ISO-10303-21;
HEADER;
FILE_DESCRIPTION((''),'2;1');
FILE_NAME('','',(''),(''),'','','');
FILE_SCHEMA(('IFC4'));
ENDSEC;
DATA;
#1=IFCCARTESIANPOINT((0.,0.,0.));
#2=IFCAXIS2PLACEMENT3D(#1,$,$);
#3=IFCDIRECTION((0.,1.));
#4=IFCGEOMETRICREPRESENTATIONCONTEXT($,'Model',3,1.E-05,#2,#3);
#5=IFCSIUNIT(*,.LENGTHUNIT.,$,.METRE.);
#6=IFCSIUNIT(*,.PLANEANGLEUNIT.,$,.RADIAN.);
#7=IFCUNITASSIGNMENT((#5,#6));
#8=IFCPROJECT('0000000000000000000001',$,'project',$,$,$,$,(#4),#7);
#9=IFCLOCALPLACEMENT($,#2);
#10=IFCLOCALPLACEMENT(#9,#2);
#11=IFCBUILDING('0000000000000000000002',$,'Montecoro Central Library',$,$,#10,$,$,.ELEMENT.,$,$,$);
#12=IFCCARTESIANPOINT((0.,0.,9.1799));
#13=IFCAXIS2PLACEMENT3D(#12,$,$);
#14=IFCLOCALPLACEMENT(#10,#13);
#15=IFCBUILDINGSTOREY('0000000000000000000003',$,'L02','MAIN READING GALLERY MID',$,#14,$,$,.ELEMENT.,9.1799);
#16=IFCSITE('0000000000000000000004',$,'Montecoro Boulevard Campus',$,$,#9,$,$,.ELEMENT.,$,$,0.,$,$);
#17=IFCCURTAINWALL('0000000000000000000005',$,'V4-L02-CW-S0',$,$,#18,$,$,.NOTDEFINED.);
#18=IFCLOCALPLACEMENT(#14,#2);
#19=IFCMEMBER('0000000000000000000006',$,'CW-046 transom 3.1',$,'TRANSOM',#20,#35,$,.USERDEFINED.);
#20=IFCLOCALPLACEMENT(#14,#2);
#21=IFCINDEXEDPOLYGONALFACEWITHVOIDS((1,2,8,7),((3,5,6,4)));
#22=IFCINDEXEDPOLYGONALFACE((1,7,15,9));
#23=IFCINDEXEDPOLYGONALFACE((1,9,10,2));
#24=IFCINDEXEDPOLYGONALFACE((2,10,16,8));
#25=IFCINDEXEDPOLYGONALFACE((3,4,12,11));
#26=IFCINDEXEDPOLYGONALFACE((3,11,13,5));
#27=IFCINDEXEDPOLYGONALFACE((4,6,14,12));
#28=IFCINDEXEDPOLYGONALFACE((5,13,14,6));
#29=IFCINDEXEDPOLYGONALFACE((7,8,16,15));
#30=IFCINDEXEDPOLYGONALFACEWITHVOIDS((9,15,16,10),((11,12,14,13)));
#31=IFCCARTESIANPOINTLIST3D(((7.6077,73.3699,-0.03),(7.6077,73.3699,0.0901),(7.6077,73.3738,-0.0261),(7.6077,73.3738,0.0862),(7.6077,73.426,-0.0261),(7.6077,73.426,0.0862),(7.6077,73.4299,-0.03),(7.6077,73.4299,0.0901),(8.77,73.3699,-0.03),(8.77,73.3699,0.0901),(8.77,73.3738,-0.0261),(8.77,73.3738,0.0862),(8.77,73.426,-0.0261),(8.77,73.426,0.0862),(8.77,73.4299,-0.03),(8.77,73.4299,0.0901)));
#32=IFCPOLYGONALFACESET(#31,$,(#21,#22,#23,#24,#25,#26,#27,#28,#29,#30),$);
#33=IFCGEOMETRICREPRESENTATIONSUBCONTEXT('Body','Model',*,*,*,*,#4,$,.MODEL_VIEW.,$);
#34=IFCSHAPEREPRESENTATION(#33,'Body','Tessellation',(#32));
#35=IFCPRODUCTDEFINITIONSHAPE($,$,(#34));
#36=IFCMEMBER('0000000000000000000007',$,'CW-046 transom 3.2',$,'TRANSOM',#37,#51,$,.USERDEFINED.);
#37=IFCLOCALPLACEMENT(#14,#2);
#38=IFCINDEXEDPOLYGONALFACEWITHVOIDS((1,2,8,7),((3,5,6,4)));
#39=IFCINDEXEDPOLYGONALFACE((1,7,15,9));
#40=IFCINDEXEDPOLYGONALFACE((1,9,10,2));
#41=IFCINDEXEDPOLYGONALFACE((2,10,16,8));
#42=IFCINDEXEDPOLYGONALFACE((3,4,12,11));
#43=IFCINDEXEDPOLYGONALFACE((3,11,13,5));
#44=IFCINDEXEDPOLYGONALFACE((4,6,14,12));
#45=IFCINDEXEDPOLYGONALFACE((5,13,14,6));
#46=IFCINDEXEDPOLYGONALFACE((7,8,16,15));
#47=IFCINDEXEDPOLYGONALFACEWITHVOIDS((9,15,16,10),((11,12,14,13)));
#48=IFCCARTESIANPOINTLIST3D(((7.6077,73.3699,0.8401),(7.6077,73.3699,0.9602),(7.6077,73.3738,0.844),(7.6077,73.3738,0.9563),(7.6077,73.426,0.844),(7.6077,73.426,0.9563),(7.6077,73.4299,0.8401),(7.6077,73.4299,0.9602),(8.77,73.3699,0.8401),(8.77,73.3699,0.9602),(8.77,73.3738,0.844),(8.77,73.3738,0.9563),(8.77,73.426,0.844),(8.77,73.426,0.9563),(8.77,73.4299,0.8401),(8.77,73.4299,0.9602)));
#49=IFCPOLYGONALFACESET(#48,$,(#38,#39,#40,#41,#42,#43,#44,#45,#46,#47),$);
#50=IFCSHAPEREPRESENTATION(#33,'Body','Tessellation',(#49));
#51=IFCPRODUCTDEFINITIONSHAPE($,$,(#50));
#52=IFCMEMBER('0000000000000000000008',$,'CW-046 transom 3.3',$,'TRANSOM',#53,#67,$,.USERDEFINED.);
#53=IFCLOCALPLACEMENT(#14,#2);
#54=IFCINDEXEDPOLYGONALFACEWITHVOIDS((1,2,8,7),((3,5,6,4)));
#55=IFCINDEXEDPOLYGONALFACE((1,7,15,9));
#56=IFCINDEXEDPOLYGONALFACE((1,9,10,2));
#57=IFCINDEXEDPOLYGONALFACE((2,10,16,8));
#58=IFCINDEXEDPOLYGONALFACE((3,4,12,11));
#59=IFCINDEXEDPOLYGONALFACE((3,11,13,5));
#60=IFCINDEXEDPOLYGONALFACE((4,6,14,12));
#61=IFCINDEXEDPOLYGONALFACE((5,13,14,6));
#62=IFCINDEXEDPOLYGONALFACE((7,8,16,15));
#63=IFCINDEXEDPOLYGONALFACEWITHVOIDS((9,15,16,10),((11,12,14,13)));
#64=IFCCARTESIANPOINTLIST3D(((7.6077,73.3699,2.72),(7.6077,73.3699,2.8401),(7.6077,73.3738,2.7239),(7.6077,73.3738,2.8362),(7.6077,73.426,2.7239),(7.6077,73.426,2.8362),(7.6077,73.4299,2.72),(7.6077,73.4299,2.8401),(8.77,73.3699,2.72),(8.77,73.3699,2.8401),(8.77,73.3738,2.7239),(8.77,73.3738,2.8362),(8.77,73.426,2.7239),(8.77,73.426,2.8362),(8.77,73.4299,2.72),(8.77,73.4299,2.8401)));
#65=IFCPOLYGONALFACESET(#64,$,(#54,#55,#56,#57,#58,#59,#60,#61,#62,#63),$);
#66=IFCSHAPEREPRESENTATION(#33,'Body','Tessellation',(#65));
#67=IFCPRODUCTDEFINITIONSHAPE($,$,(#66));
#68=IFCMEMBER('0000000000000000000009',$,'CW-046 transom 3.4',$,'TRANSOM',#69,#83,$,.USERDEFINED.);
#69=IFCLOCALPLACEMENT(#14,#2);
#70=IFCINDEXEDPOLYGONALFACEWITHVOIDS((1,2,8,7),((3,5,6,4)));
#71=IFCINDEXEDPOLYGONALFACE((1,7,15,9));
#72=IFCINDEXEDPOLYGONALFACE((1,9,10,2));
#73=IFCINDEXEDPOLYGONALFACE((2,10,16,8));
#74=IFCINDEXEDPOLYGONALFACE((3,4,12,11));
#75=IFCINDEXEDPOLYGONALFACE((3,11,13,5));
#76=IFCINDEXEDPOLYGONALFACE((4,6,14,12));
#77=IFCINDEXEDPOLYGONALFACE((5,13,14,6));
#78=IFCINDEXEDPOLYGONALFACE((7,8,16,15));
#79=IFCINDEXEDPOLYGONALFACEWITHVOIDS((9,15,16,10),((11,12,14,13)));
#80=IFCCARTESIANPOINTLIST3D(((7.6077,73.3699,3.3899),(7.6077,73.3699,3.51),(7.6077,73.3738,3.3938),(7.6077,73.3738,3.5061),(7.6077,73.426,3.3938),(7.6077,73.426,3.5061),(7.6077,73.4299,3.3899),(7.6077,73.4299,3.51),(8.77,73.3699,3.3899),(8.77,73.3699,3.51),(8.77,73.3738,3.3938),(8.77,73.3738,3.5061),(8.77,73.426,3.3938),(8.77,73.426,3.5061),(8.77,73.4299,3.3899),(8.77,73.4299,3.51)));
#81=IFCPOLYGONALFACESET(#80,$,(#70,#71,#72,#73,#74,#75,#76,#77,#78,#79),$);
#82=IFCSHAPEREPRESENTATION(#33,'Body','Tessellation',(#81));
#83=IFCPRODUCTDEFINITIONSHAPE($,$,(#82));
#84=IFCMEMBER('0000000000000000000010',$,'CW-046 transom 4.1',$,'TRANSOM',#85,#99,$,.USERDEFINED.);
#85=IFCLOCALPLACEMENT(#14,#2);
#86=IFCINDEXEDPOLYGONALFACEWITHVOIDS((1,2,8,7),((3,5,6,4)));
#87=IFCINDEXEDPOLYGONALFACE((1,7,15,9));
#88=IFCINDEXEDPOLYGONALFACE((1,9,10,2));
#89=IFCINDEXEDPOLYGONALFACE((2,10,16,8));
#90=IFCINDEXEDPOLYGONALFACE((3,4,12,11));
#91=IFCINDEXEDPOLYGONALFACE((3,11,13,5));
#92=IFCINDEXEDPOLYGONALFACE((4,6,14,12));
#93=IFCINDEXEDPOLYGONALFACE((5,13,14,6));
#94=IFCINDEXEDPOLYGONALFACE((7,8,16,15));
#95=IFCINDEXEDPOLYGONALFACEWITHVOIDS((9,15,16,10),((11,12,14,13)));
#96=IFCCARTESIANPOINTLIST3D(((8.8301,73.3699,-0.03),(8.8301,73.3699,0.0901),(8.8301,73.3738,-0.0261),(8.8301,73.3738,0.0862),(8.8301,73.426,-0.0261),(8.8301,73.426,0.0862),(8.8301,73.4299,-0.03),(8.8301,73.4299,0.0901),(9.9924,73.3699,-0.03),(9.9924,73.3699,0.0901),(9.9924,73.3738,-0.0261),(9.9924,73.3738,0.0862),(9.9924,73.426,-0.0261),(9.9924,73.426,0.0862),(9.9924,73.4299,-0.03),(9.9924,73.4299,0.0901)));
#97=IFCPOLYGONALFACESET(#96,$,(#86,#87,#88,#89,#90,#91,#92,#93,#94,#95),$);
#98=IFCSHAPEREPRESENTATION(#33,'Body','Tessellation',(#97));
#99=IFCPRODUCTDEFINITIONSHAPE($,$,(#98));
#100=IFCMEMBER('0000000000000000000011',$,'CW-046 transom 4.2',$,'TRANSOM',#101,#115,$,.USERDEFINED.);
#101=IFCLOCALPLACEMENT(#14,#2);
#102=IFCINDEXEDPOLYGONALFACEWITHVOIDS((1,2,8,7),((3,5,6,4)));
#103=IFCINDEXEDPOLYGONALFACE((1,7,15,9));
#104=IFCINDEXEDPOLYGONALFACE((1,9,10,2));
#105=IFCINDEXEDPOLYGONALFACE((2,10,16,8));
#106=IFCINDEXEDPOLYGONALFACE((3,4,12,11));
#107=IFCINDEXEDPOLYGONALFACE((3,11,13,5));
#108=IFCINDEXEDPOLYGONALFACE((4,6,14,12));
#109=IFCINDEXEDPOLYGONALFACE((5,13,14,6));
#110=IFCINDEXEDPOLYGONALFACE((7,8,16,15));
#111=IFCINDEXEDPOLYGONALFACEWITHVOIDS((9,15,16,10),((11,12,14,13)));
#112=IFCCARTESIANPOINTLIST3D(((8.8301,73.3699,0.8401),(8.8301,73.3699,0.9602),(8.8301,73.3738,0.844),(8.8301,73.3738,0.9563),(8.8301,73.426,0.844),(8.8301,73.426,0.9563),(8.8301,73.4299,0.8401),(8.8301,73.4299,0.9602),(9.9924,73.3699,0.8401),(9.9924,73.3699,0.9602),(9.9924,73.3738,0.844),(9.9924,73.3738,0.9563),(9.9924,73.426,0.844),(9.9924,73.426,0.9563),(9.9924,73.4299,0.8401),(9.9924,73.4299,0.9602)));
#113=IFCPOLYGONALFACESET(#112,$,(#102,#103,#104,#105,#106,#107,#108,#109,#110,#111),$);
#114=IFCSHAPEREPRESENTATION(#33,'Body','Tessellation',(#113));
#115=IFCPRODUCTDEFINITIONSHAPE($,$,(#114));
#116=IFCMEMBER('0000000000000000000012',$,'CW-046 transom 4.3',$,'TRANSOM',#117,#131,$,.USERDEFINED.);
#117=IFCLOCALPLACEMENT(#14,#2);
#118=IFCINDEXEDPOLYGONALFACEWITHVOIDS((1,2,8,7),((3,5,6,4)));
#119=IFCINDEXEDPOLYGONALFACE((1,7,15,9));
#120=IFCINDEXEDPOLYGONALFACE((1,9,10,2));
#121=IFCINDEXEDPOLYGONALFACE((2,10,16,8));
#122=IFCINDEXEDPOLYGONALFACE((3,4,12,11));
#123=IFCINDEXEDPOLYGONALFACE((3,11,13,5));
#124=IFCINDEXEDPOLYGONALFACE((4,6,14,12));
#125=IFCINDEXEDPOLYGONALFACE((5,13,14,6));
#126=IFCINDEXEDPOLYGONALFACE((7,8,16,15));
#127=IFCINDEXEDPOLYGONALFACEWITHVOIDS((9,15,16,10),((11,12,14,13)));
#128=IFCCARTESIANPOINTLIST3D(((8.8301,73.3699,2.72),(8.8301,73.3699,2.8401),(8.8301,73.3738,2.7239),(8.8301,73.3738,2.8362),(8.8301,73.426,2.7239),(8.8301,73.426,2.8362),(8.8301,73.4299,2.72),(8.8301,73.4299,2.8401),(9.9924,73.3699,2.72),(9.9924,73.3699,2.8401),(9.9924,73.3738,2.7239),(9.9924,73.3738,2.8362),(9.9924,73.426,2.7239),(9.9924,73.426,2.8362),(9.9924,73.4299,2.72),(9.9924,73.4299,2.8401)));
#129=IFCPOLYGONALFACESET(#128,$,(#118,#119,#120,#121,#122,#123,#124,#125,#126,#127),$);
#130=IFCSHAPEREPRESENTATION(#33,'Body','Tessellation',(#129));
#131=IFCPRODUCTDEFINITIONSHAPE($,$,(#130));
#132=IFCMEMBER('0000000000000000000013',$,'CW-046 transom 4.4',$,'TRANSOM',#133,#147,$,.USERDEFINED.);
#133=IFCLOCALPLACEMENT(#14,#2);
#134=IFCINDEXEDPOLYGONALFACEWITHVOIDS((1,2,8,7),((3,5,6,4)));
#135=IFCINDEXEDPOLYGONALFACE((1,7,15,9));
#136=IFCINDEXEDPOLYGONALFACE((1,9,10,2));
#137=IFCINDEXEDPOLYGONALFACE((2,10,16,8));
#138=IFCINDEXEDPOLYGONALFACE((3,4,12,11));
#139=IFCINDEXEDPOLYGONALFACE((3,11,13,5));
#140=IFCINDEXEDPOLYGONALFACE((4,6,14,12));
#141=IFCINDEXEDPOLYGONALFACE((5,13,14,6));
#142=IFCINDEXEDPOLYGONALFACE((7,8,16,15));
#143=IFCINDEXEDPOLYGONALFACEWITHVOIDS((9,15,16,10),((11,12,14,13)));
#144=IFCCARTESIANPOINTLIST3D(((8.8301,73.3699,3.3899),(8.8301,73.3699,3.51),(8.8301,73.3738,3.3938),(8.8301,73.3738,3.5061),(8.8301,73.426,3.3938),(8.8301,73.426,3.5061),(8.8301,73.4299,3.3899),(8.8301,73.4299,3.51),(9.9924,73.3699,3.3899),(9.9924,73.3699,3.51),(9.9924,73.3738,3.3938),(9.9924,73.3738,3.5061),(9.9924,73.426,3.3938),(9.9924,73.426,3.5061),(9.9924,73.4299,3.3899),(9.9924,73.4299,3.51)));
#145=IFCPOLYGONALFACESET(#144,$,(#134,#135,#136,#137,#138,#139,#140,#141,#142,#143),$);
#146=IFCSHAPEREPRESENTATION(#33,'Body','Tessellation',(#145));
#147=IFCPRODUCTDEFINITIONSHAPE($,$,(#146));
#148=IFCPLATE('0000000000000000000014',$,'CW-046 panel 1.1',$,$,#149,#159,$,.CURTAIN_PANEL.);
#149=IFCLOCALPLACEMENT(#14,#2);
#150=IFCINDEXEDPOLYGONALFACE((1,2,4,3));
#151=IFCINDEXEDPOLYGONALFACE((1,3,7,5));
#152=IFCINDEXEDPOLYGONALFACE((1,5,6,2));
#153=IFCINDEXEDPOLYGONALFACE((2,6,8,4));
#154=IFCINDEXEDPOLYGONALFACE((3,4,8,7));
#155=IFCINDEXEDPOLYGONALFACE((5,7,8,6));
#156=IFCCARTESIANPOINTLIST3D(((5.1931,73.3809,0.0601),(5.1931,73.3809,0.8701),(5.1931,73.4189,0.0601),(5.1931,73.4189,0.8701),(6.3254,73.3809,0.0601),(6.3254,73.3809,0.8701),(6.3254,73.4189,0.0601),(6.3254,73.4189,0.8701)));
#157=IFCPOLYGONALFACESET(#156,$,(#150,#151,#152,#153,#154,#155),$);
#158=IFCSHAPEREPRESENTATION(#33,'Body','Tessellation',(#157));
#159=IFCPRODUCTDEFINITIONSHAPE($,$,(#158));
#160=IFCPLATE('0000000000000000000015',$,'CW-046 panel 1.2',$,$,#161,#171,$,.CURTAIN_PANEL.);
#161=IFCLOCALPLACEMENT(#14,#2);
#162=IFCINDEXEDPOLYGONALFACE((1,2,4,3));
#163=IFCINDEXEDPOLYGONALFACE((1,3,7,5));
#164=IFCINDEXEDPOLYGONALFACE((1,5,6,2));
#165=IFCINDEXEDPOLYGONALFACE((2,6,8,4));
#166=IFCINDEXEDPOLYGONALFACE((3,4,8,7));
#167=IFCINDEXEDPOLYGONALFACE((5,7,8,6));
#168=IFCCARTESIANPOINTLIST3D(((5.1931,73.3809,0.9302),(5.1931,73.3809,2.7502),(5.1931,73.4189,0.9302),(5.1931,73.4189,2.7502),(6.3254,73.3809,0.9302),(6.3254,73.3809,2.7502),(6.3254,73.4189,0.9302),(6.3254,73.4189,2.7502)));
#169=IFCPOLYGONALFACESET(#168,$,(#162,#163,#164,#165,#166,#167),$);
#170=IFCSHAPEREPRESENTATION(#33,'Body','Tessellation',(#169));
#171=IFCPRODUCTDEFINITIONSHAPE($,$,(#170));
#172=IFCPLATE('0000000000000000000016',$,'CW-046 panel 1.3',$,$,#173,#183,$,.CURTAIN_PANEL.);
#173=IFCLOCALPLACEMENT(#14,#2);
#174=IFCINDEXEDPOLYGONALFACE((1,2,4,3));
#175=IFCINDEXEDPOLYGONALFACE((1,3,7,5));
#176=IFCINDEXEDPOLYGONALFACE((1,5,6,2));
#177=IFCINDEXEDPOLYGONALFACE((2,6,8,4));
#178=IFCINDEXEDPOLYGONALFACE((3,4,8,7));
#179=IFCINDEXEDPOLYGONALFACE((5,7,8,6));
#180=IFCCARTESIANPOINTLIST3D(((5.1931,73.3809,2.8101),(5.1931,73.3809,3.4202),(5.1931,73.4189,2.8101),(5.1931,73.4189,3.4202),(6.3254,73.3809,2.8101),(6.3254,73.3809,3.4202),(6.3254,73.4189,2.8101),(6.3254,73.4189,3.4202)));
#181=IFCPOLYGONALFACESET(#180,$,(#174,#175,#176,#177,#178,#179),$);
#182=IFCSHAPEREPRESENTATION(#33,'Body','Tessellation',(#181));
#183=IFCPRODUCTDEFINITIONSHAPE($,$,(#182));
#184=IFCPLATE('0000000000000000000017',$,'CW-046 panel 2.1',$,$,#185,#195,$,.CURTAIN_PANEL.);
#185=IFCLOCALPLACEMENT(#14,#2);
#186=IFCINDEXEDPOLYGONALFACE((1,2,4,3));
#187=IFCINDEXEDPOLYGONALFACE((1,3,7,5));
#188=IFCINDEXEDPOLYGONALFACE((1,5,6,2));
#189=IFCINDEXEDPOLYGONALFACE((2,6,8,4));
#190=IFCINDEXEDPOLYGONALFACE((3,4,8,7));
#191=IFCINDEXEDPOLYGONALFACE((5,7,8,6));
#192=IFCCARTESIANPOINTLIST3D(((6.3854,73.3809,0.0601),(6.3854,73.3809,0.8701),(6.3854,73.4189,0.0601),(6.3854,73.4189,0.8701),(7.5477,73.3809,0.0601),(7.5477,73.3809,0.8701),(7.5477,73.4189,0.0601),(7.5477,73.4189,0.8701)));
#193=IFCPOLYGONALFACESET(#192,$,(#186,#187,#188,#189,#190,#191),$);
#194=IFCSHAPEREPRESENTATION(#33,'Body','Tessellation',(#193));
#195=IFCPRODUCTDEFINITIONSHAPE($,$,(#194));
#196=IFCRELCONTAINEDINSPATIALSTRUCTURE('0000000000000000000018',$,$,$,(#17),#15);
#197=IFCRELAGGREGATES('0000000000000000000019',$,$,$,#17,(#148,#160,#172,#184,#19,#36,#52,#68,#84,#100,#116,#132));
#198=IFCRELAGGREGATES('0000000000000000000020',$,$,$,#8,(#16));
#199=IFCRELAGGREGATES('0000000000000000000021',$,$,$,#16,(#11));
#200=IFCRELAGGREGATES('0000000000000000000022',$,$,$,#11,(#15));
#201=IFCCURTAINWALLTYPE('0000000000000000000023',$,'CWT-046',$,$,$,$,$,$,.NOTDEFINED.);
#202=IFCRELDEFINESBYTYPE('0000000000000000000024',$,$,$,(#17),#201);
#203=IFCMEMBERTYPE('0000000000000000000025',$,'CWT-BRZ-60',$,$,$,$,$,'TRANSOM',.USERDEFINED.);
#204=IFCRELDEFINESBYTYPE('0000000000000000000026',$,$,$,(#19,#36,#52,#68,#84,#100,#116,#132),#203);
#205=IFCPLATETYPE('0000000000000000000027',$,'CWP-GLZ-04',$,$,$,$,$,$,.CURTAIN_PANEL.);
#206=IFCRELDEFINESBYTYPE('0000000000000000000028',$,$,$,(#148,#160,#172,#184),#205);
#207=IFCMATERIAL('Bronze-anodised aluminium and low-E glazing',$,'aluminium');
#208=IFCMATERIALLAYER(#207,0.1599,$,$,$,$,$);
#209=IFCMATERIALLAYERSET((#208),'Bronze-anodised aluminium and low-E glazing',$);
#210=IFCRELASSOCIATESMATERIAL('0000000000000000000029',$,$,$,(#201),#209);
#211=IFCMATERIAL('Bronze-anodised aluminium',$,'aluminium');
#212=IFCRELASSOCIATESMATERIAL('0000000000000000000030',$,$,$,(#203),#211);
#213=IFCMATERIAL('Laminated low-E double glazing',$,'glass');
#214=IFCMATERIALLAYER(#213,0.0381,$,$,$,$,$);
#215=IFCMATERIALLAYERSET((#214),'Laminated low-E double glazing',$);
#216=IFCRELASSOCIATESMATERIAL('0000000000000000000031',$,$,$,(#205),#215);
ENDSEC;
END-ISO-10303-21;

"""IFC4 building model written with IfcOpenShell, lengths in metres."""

from ifc_helpers import new_model, si_unit, direction, frame, origin, origin_2d, place, context, subcontext, project, spatial, rectangle, hollow_rectangle, extrude, material, layer, layer_set, material_profile, profile_set, type_object, element, aggregate, save


model = new_model("IFC4")

# Units and contexts
model_context = context("Model", 3, precision=1e-05, world=origin(), true_north=direction((0.0, 1.0)))
body_context = subcontext(model_context, "Body", "Model", "MODEL_VIEW")
ifc_project = project(units=[si_unit("LENGTHUNIT", "METRE"), si_unit("PLANEANGLEUNIT", "RADIAN")], contexts=[model_context])

# Site, building, storey
site_placement = place(None, origin())
site = spatial("IfcSite", under=ifc_project, at=site_placement, Name="Montecoro Boulevard Campus", CompositionType="ELEMENT", RefElevation=0.0)
building_placement = place(site_placement, origin())
building = spatial("IfcBuilding", under=site, at=building_placement, Name="Montecoro Central Library", CompositionType="ELEMENT")
storey_placement = place(building_placement, frame((0.0, 0.0, 9.1799)))
storey = spatial("IfcBuildingStorey", under=building, at=storey_placement, Name="L02", Description="MAIN READING GALLERY MID", CompositionType="ELEMENT", Elevation=9.1799)

# Curtain wall, members, plates
ifc_material_1 = material(Name="Bronze-anodised aluminium and low-E glazing", Category="aluminium")
ifc_layer_1 = layer(ifc_material_1, 0.1599)
ifc_layer_set_1 = layer_set([ifc_layer_1], Name="Bronze-anodised aluminium and low-E glazing")
curtain_wall_type = type_object("IfcCurtainWallType", Name="CWT-046", PredefinedType="NOTDEFINED", material=ifc_layer_set_1)
curtain_wall_placement = place(storey_placement, origin())
curtain_wall = element("IfcCurtainWall", 1, at=curtain_wall_placement, inside=storey, type_object=curtain_wall_type, Name="V4-L02-CW-S0", PredefinedType="NOTDEFINED")
ifc_material_2 = material(Name="Bronze-anodised aluminium", Category="aluminium")
ifc_material_profile_1 = material_profile(ifc_material_2, hollow_rectangle(XDim=0.0601, YDim=0.1201, WallThickness=0.0039, at=origin_2d()), Name="CWT 120x60x4.0")
ifc_profile_set_1 = profile_set([ifc_material_profile_1], Name="Bronze-anodised aluminium")
member_type_1 = type_object("IfcMemberType", Name="CWT-BRZ-60", ElementType="TRANSOM", PredefinedType="USERDEFINED", material=ifc_profile_set_1)
member_1_placement = place(storey_placement, frame((7.6077, 73.3999, 0.03), z_axis=(1.0, 0.0, 0.0), x_axis=(0.0, 1.0, 0.0)))
member_1 = element("IfcMember", 2, at=member_1_placement, type_object=member_type_1, Name="CW-046 transom 3.1", ObjectType="TRANSOM", PredefinedType="USERDEFINED", context=body_context, shape_type="SweptSolid", body=[
    extrude(hollow_rectangle(XDim=0.0601, YDim=0.1201, WallThickness=0.0039, at=origin_2d()), origin(), (0.0, 0.0, 1.0), 1.1624),
])
member_2_placement = place(storey_placement, frame((7.6077, 73.3999, 0.9001), z_axis=(1.0, 0.0, 0.0), x_axis=(0.0, 1.0, 0.0)))
member_2 = element("IfcMember", 3, at=member_2_placement, type_object=member_type_1, Name="CW-046 transom 3.2", ObjectType="TRANSOM", PredefinedType="USERDEFINED", context=body_context, shape_type="SweptSolid", body=[
    extrude(hollow_rectangle(XDim=0.0601, YDim=0.1201, WallThickness=0.0039, at=origin_2d()), origin(), (0.0, 0.0, 1.0), 1.1624),
])
member_3_placement = place(storey_placement, frame((7.6077, 73.3999, 2.78), z_axis=(1.0, 0.0, 0.0), x_axis=(0.0, 1.0, 0.0)))
member_3 = element("IfcMember", 4, at=member_3_placement, type_object=member_type_1, Name="CW-046 transom 3.3", ObjectType="TRANSOM", PredefinedType="USERDEFINED", context=body_context, shape_type="SweptSolid", body=[
    extrude(hollow_rectangle(XDim=0.0601, YDim=0.1201, WallThickness=0.0039, at=origin_2d()), origin(), (0.0, 0.0, 1.0), 1.1624),
])
member_4_placement = place(storey_placement, frame((7.6077, 73.3999, 3.45), z_axis=(1.0, 0.0, 0.0), x_axis=(0.0, 1.0, 0.0)))
member_4 = element("IfcMember", 5, at=member_4_placement, type_object=member_type_1, Name="CW-046 transom 3.4", ObjectType="TRANSOM", PredefinedType="USERDEFINED", context=body_context, shape_type="SweptSolid", body=[
    extrude(hollow_rectangle(XDim=0.0601, YDim=0.1201, WallThickness=0.0039, at=origin_2d()), origin(), (0.0, 0.0, 1.0), 1.1624),
])
member_5_placement = place(storey_placement, frame((8.8301, 73.3999, 0.03), z_axis=(1.0, 0.0, 0.0), x_axis=(0.0, 1.0, 0.0)))
member_5 = element("IfcMember", 6, at=member_5_placement, type_object=member_type_1, Name="CW-046 transom 4.1", ObjectType="TRANSOM", PredefinedType="USERDEFINED", context=body_context, shape_type="SweptSolid", body=[
    extrude(hollow_rectangle(XDim=0.0601, YDim=0.1201, WallThickness=0.0039, at=origin_2d()), origin(), (0.0, 0.0, 1.0), 1.1624),
])
member_6_placement = place(storey_placement, frame((8.8301, 73.3999, 0.9001), z_axis=(1.0, 0.0, 0.0), x_axis=(0.0, 1.0, 0.0)))
member_6 = element("IfcMember", 7, at=member_6_placement, type_object=member_type_1, Name="CW-046 transom 4.2", ObjectType="TRANSOM", PredefinedType="USERDEFINED", context=body_context, shape_type="SweptSolid", body=[
    extrude(hollow_rectangle(XDim=0.0601, YDim=0.1201, WallThickness=0.0039, at=origin_2d()), origin(), (0.0, 0.0, 1.0), 1.1624),
])
member_7_placement = place(storey_placement, frame((8.8301, 73.3999, 2.78), z_axis=(1.0, 0.0, 0.0), x_axis=(0.0, 1.0, 0.0)))
member_7 = element("IfcMember", 8, at=member_7_placement, type_object=member_type_1, Name="CW-046 transom 4.3", ObjectType="TRANSOM", PredefinedType="USERDEFINED", context=body_context, shape_type="SweptSolid", body=[
    extrude(hollow_rectangle(XDim=0.0601, YDim=0.1201, WallThickness=0.0039, at=origin_2d()), origin(), (0.0, 0.0, 1.0), 1.1624),
])
member_8_placement = place(storey_placement, frame((8.8301, 73.3999, 3.45), z_axis=(1.0, 0.0, 0.0), x_axis=(0.0, 1.0, 0.0)))
member_8 = element("IfcMember", 9, at=member_8_placement, type_object=member_type_1, Name="CW-046 transom 4.4", ObjectType="TRANSOM", PredefinedType="USERDEFINED", context=body_context, shape_type="SweptSolid", body=[
    extrude(hollow_rectangle(XDim=0.0601, YDim=0.1201, WallThickness=0.0039, at=origin_2d()), origin(), (0.0, 0.0, 1.0), 1.1624),
])
ifc_material_3 = material(Name="Laminated low-E double glazing", Category="glass")
ifc_layer_2 = layer(ifc_material_3, 0.0381)
ifc_layer_set_2 = layer_set([ifc_layer_2], Name="Laminated low-E double glazing")
plate_type = type_object("IfcPlateType", Name="CWP-GLZ-04", PredefinedType="CURTAIN_PANEL", material=ifc_layer_set_2)
plate_1_placement = place(storey_placement, frame((5.7593, 73.3999, 0.0601), z_axis=(0.0, 0.0, 1.0), x_axis=(1.0, 0.0, 0.0)))
plate_1 = element("IfcPlate", 10, at=plate_1_placement, type_object=plate_type, Name="CW-046 panel 1.1", PredefinedType="CURTAIN_PANEL", context=body_context, shape_type="SweptSolid", body=[
    extrude(rectangle(XDim=1.1323, YDim=0.0381, at=origin_2d()), origin(), (0.0, 0.0, 1.0), 0.8101),
])
plate_2_placement = place(storey_placement, frame((5.7593, 73.3999, 0.9302), z_axis=(0.0, 0.0, 1.0), x_axis=(1.0, 0.0, 0.0)))
plate_2 = element("IfcPlate", 11, at=plate_2_placement, type_object=plate_type, Name="CW-046 panel 1.2", PredefinedType="CURTAIN_PANEL", context=body_context, shape_type="SweptSolid", body=[
    extrude(rectangle(XDim=1.1323, YDim=0.0381, at=origin_2d()), origin(), (0.0, 0.0, 1.0), 1.8201),
])
plate_3_placement = place(storey_placement, frame((5.7593, 73.3999, 2.8101), z_axis=(0.0, 0.0, 1.0), x_axis=(1.0, 0.0, 0.0)))
plate_3 = element("IfcPlate", 12, at=plate_3_placement, type_object=plate_type, Name="CW-046 panel 1.3", PredefinedType="CURTAIN_PANEL", context=body_context, shape_type="SweptSolid", body=[
    extrude(rectangle(XDim=1.1323, YDim=0.0381, at=origin_2d()), origin(), (0.0, 0.0, 1.0), 0.6101),
])
plate_4_placement = place(storey_placement, frame((6.9666, 73.3999, 0.0601), z_axis=(0.0, 0.0, 1.0), x_axis=(1.0, 0.0, 0.0)))
plate_4 = element("IfcPlate", 13, at=plate_4_placement, type_object=plate_type, Name="CW-046 panel 2.1", PredefinedType="CURTAIN_PANEL", context=body_context, shape_type="SweptSolid", body=[
    extrude(rectangle(XDim=1.1624, YDim=0.0381, at=origin_2d()), origin(), (0.0, 0.0, 1.0), 0.8101),
])
aggregate(curtain_wall, [plate_1, plate_2, plate_3, plate_4, member_1, member_2, member_3, member_4, member_5, member_6, member_7, member_8])

save(model, "model.ifc")
